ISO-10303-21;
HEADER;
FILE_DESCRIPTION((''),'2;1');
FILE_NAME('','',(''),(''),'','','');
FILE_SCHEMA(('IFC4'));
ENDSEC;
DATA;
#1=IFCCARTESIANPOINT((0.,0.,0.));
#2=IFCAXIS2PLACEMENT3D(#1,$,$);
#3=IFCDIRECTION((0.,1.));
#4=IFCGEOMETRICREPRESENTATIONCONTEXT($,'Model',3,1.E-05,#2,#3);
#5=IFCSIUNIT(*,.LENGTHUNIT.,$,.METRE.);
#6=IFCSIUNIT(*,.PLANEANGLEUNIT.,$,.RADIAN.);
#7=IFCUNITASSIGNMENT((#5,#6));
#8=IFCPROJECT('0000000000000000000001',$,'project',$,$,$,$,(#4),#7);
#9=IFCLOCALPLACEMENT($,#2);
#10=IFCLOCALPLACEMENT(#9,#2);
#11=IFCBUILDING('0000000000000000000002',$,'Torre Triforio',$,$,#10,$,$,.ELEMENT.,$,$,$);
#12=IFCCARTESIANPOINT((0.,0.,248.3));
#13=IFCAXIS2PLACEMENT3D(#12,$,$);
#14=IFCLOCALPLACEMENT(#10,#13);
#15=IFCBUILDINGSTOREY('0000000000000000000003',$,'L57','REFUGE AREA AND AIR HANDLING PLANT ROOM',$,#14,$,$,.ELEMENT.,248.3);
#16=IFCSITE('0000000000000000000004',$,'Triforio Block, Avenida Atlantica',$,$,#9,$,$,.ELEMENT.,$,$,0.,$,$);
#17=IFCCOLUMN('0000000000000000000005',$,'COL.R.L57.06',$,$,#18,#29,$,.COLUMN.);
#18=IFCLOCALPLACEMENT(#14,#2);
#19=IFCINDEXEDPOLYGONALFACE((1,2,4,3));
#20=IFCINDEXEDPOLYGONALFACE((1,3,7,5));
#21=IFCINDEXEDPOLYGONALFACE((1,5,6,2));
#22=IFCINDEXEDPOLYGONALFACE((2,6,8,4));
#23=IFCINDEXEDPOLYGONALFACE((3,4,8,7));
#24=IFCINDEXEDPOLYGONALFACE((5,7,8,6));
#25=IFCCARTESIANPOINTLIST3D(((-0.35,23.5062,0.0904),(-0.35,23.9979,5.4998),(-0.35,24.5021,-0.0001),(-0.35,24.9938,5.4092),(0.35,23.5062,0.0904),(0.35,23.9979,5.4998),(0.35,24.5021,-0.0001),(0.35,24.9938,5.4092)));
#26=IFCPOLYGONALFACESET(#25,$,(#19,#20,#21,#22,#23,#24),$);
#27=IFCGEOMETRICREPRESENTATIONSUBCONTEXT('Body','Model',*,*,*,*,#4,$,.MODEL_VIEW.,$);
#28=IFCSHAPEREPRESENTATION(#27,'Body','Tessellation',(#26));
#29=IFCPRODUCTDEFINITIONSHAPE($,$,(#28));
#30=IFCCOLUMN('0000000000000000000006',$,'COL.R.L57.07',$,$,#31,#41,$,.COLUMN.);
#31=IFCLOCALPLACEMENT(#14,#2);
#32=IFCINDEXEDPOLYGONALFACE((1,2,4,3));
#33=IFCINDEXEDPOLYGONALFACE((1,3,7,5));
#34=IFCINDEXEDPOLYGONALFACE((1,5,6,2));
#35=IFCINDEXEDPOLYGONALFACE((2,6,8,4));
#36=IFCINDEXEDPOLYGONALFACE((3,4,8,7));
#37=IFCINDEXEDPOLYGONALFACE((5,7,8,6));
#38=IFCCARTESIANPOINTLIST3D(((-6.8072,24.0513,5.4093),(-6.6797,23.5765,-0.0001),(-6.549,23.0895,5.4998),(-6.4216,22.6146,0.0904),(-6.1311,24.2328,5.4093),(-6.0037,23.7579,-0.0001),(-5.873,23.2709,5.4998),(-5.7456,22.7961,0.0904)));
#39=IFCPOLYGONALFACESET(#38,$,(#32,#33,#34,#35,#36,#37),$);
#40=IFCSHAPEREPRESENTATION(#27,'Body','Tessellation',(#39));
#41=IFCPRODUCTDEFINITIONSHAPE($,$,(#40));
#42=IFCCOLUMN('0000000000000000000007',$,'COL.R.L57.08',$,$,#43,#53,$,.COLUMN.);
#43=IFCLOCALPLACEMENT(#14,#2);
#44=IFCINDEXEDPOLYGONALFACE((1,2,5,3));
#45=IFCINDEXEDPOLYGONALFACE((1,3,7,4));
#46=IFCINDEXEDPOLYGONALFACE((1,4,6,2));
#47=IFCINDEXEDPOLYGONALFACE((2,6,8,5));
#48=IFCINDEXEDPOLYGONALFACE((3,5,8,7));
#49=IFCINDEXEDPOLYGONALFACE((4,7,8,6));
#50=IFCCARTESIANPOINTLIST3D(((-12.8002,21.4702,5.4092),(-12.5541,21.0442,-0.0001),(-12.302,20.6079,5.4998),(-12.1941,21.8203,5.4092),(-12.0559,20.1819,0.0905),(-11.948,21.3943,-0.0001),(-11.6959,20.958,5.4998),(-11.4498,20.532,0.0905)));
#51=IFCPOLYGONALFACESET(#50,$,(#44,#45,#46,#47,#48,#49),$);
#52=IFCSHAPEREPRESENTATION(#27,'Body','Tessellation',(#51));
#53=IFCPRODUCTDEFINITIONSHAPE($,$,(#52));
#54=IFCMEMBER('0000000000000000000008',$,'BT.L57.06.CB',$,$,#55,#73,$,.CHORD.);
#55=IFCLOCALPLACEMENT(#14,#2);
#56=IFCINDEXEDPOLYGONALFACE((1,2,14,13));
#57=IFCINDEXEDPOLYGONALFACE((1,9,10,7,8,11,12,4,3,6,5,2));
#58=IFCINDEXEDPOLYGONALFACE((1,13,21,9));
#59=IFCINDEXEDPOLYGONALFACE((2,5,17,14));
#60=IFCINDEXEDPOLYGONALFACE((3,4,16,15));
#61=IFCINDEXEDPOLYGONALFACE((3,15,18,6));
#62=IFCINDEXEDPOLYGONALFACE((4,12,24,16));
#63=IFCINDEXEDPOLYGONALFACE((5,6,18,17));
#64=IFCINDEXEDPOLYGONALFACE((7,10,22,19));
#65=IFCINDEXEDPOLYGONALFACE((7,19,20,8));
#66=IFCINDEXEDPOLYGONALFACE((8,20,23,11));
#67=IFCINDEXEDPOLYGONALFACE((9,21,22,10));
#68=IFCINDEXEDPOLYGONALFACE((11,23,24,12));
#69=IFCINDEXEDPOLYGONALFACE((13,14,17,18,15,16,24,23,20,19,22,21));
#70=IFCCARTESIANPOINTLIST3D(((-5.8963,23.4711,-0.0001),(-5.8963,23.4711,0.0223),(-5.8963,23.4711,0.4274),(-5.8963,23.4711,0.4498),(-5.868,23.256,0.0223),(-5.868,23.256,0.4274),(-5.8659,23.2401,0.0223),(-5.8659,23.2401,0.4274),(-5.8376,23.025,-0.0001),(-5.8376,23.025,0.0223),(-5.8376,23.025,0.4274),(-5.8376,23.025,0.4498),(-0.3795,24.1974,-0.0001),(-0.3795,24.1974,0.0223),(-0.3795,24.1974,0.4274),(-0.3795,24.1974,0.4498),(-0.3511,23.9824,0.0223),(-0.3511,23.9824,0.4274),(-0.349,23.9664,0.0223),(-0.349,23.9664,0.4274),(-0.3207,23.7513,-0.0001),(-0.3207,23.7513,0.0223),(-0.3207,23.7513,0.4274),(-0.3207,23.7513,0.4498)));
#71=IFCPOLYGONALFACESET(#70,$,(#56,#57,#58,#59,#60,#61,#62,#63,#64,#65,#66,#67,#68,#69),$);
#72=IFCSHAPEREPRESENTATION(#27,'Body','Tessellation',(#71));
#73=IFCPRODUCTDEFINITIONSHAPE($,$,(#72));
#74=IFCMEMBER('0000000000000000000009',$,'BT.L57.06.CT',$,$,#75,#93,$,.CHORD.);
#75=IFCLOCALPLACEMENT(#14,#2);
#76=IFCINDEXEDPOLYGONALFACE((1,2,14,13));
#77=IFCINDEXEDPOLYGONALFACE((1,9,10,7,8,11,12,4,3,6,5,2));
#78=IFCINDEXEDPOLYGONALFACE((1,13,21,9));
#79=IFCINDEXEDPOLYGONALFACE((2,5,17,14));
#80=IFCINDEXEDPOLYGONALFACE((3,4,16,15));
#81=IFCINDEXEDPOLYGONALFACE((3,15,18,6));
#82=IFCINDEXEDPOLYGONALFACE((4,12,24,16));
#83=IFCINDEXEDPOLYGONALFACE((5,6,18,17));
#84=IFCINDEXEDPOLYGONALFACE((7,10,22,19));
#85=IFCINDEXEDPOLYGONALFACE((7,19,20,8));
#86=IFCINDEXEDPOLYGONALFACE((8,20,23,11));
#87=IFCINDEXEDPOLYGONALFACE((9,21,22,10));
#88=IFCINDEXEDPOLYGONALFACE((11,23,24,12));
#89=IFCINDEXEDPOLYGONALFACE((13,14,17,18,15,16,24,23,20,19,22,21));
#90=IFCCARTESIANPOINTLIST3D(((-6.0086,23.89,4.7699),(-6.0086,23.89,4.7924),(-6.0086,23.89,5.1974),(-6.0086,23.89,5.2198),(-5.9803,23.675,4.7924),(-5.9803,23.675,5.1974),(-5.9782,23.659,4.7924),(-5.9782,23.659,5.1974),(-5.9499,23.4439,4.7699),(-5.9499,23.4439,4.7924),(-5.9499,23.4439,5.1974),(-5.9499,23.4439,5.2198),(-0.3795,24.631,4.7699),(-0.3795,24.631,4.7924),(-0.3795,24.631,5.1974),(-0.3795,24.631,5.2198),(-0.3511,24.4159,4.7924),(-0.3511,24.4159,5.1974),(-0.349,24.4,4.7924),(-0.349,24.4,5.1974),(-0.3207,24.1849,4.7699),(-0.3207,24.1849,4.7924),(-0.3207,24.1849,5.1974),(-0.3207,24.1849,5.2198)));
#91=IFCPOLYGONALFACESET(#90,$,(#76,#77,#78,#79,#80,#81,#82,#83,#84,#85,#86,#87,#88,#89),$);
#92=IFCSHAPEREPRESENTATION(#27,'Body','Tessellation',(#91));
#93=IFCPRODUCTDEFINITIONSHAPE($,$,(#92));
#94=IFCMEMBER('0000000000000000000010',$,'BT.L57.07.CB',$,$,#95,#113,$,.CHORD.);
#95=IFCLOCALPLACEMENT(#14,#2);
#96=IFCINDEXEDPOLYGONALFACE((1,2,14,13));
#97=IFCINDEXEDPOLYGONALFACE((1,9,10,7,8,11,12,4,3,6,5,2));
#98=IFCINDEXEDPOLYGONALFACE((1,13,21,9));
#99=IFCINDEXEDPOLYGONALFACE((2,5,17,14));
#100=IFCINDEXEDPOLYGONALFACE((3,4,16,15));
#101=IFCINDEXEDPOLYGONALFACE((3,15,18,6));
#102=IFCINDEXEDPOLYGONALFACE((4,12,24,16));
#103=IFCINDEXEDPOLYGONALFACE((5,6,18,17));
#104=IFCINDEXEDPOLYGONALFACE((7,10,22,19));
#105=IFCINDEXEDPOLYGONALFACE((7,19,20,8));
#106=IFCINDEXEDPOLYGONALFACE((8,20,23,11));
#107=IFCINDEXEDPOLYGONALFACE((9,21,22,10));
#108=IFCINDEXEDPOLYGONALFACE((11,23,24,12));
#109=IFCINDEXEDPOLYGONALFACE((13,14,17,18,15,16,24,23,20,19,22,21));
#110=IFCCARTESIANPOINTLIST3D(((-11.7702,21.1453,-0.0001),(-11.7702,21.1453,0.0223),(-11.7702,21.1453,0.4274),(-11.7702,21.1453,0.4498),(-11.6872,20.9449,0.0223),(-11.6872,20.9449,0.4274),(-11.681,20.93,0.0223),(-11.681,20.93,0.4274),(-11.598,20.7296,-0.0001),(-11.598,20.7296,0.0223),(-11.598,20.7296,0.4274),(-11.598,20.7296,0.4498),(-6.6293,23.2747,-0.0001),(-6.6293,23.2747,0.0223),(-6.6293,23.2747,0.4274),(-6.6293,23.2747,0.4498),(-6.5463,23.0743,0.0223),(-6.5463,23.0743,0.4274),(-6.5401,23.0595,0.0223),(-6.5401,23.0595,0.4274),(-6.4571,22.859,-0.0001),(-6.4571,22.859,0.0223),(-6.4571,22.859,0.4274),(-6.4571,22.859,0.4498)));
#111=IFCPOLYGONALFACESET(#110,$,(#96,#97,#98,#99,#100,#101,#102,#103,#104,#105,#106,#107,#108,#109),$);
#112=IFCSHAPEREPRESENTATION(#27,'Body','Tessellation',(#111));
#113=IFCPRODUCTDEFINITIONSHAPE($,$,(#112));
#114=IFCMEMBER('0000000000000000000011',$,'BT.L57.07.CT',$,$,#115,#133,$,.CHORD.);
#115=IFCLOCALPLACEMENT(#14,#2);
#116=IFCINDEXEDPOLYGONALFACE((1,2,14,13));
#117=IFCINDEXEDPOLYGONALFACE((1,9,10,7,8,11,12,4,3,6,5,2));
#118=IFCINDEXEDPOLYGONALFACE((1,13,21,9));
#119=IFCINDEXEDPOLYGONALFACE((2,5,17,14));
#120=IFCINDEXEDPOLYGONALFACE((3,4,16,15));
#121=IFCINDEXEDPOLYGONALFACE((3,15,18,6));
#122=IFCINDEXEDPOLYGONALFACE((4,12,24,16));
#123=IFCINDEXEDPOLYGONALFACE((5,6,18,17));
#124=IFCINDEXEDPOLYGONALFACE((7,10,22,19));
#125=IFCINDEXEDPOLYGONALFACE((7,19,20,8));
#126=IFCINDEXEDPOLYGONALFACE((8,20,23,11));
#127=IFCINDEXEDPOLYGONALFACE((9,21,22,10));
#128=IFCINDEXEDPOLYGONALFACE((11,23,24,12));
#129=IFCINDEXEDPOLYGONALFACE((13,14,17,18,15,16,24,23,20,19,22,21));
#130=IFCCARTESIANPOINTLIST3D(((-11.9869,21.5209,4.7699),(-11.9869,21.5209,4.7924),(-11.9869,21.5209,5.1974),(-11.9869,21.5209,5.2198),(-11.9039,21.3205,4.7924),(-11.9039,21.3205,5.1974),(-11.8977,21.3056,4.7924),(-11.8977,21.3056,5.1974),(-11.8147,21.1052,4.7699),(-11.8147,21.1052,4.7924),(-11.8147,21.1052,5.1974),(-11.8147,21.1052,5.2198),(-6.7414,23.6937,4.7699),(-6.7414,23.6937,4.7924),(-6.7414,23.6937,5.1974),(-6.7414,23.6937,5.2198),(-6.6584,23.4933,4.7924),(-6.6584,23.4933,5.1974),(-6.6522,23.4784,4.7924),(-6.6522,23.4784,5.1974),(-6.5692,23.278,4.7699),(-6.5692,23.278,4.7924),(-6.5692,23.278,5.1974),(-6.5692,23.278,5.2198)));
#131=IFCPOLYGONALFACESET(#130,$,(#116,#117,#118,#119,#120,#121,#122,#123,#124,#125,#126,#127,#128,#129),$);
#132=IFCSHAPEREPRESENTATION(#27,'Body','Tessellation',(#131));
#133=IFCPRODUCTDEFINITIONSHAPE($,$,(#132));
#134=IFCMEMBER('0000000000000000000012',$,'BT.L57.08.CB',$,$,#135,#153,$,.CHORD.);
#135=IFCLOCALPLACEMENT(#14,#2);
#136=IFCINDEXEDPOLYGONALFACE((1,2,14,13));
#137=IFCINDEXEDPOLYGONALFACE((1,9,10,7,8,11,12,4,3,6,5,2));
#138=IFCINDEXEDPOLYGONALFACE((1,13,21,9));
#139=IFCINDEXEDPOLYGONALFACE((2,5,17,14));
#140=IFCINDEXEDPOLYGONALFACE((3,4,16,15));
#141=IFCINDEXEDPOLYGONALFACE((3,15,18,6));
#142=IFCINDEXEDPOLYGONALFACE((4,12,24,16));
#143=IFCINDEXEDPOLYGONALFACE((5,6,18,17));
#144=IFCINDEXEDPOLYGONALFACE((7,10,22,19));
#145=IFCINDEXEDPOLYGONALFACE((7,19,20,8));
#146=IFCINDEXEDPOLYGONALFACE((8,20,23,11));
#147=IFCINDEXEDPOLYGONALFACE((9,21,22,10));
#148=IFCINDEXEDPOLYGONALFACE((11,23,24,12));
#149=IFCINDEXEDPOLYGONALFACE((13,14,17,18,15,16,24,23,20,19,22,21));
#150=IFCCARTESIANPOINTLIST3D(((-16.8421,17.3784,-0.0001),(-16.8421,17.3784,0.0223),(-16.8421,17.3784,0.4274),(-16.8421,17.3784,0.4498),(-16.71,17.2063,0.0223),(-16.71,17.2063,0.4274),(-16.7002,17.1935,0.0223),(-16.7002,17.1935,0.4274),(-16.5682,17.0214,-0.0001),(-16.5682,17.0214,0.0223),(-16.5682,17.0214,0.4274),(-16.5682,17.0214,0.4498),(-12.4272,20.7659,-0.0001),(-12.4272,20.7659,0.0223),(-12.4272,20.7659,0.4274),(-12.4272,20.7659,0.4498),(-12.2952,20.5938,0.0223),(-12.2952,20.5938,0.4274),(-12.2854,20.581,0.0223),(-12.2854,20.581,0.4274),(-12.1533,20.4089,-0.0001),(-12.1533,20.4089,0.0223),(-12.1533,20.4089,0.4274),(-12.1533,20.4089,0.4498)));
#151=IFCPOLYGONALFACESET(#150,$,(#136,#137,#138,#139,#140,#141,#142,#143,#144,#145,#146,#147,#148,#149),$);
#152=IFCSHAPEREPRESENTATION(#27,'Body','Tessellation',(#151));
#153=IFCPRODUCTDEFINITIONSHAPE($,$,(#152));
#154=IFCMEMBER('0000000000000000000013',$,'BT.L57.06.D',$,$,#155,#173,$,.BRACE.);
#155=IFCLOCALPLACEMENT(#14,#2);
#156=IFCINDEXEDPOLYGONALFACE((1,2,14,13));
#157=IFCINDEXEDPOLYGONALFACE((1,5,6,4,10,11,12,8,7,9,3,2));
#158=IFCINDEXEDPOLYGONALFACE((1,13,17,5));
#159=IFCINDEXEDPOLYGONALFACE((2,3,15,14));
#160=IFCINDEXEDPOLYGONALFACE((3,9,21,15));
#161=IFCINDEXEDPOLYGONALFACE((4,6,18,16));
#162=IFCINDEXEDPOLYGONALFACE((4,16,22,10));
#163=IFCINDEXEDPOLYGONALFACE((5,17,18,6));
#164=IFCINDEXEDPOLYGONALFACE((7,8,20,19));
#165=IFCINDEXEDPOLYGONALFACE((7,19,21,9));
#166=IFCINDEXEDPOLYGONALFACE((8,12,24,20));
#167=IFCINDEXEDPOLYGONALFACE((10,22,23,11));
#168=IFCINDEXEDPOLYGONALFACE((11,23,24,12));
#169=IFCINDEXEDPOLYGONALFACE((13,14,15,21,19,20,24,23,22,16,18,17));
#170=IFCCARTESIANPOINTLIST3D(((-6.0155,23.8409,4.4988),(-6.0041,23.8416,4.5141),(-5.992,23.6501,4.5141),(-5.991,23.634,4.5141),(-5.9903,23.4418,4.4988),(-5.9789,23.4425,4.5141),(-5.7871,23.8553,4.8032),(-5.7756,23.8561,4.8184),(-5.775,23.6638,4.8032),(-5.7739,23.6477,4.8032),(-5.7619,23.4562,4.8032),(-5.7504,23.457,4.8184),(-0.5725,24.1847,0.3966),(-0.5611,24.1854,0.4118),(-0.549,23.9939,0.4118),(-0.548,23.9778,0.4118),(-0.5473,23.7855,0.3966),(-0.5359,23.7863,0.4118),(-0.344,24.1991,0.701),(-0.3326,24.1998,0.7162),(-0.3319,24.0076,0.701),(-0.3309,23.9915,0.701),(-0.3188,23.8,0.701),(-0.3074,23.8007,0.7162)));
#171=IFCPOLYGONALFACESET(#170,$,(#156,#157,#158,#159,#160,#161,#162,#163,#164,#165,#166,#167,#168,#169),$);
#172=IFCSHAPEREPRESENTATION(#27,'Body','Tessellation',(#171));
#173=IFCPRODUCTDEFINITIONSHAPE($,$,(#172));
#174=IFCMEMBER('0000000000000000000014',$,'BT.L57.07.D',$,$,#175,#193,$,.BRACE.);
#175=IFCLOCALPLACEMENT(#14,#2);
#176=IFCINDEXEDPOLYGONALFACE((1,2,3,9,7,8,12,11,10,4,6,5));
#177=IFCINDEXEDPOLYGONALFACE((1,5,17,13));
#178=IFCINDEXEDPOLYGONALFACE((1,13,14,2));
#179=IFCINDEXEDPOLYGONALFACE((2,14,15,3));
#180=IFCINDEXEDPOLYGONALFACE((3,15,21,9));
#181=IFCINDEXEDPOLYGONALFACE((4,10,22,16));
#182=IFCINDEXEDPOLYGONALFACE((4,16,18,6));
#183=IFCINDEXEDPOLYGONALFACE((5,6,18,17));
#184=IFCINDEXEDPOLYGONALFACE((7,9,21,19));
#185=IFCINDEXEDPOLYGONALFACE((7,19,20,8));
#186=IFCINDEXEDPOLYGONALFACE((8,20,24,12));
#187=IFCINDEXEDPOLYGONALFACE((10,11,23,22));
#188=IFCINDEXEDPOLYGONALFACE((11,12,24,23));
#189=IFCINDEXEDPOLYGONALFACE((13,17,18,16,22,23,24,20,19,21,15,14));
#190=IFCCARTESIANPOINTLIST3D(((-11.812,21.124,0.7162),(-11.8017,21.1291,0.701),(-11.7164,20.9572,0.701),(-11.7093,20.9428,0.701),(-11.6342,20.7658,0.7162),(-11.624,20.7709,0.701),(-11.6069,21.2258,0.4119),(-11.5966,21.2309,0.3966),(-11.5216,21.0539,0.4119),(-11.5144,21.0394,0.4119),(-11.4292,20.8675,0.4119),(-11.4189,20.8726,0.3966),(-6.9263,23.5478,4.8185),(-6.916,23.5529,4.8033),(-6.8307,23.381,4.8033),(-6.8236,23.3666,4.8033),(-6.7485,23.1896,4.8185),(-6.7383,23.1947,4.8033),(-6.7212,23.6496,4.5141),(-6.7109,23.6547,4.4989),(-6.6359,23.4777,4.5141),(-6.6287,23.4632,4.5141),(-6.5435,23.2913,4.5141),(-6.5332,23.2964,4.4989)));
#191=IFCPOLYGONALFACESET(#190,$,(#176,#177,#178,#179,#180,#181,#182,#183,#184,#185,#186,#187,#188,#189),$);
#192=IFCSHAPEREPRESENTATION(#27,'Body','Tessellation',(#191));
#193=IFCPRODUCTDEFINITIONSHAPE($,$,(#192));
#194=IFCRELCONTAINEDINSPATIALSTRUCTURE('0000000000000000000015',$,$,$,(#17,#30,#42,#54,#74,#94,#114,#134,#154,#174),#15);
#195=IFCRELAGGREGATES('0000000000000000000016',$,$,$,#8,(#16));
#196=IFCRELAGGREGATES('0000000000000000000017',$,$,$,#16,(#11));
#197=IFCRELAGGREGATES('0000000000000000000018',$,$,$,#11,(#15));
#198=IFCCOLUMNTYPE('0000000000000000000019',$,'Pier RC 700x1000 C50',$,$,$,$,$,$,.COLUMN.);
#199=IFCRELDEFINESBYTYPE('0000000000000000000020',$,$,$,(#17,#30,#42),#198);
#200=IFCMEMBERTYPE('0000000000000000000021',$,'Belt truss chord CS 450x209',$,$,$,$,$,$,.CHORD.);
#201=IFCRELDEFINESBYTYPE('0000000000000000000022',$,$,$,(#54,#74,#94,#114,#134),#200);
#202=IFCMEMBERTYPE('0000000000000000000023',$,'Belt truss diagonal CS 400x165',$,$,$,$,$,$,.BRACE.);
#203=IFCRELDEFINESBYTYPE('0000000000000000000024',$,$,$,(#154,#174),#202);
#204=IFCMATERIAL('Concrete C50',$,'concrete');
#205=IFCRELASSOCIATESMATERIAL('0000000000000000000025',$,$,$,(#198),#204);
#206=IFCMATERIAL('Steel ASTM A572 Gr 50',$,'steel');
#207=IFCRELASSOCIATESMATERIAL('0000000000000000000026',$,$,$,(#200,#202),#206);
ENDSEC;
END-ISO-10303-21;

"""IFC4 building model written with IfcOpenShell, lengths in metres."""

from ifc_helpers import new_model, si_unit, direction, frame, origin, origin_2d, place, context, subcontext, project, spatial, rectangle, i_section, extrude, material, material_profile, profile_set, type_object, element, save


model = new_model("IFC4")

# Units and contexts
model_context = context("Model", 3, precision=1e-05, world=origin(), true_north=direction((0.0, 1.0)))
body_context = subcontext(model_context, "Body", "Model", "MODEL_VIEW")
ifc_project = project(units=[si_unit("LENGTHUNIT", "METRE"), si_unit("PLANEANGLEUNIT", "RADIAN")], contexts=[model_context])

# Site, building, storey
site_placement = place(None, origin())
site = spatial("IfcSite", under=ifc_project, at=site_placement, Name="Triforio Block, Avenida Atlantica", CompositionType="ELEMENT", RefElevation=0.0)
building_placement = place(site_placement, origin())
building = spatial("IfcBuilding", under=site, at=building_placement, Name="Torre Triforio", CompositionType="ELEMENT")
storey_placement = place(building_placement, frame((0.0, 0.0, 248.3)))
storey = spatial("IfcBuildingStorey", under=building, at=storey_placement, Name="L57", Description="REFUGE AREA AND AIR HANDLING PLANT ROOM", CompositionType="ELEMENT", Elevation=248.3)

# Columns
ifc_material_1 = material(Name="Concrete C50", Category="concrete")
ifc_material_profile_1 = material_profile(ifc_material_1, rectangle(XDim=0.7, YDim=1.0, at=origin_2d()), Name="RC 700x1000")
ifc_profile_set_1 = profile_set([ifc_material_profile_1], Name="Concrete C50")
column_type = type_object("IfcColumnType", Name="Pier RC 700x1000 C50", PredefinedType="COLUMN", material=ifc_profile_set_1)
for number, where, z_axis, x_axis, name in (
    (1, (0.0, 24.0042, 0.0452), (0.0, 0.090524, 0.995894), (-1.0, 0.0, 0.0), "COL.R.L57.06"),
    (2, (-6.2126, 23.1863, 0.0452), (-0.023462, 0.087422, 0.995895), (-0.965822, -0.259208, 0.0), "COL.R.L57.07"),
    (3, (-12.002, 20.7881, 0.0452), (-0.045307, 0.078432, 0.995889), (-0.865913, -0.500195, 0.0), "COL.R.L57.08"),
):
    element("IfcColumn", number, at=place(storey_placement, frame(where, z_axis=z_axis, x_axis=x_axis)), inside=storey, type_object=column_type, Name=name, PredefinedType="COLUMN", context=body_context, shape_type="SweptSolid", body=[
        extrude(rectangle(XDim=0.7, YDim=1.0, at=origin_2d()), origin(), (0.0, 0.0, 1.0), 5.4316),
    ])

# Members
ifc_material_2 = material(Name="Steel ASTM A572 Gr 50", Category="steel")
ifc_material_profile_2 = material_profile(ifc_material_2, i_section(OverallWidth=0.45, OverallDepth=0.45, WebThickness=0.0161, FlangeThickness=0.0225, at=origin_2d()), Name="CS 450x209")
ifc_profile_set_2 = profile_set([ifc_material_profile_2], Name="Steel ASTM A572 Gr 50")
member_type_1 = type_object("IfcMemberType", Name="Belt truss chord CS 450x209", PredefinedType="CHORD", material=ifc_profile_set_2)
member_1_placement = place(storey_placement, frame((-0.3501, 23.9744, 0.2249), z_axis=(-0.991445, -0.130528, 0.0), x_axis=(0.130528, -0.991445, 0.0)))
element("IfcMember", 4, at=member_1_placement, inside=storey, type_object=member_type_1, Name="BT.L57.06.CB", PredefinedType="CHORD", context=body_context, shape_type="SweptSolid", body=[
    extrude(i_section(OverallWidth=0.45, OverallDepth=0.45, WebThickness=0.0161, FlangeThickness=0.0225, at=origin_2d()), origin(), (0.0, 0.0, 1.0), 5.5645),
])
member_2_placement = place(storey_placement, frame((-0.3501, 24.408, 4.9949), z_axis=(-0.991448, -0.130505, 0.0), x_axis=(0.130505, -0.991448, 0.0)))
element("IfcMember", 5, at=member_2_placement, inside=storey, type_object=member_type_1, Name="BT.L57.06.CT", PredefinedType="CHORD", context=body_context, shape_type="SweptSolid", body=[
    extrude(i_section(OverallWidth=0.45, OverallDepth=0.45, WebThickness=0.0161, FlangeThickness=0.0225, at=origin_2d()), origin(), (0.0, 0.0, 1.0), 5.6777),
])
member_3_placement = place(storey_placement, frame((-6.5432, 23.0669, 0.2249), z_axis=(-0.923881, -0.38268, 0.0), x_axis=(0.38268, -0.923881, 0.0)))
element("IfcMember", 6, at=member_3_placement, inside=storey, type_object=member_type_1, Name="BT.L57.07.CB", PredefinedType="CHORD", context=body_context, shape_type="SweptSolid", body=[
    extrude(i_section(OverallWidth=0.45, OverallDepth=0.45, WebThickness=0.0161, FlangeThickness=0.0225, at=origin_2d()), origin(), (0.0, 0.0, 1.0), 5.5645),
])
member_4_placement = place(storey_placement, frame((-6.6553, 23.4858, 4.9949), z_axis=(-0.923876, -0.382691, 0.0), x_axis=(0.382691, -0.923876, 0.0)))
element("IfcMember", 7, at=member_4_placement, inside=storey, type_object=member_type_1, Name="BT.L57.07.CT", PredefinedType="CHORD", context=body_context, shape_type="SweptSolid", body=[
    extrude(i_section(OverallWidth=0.45, OverallDepth=0.45, WebThickness=0.0161, FlangeThickness=0.0225, at=origin_2d()), origin(), (0.0, 0.0, 1.0), 5.6777),
])
member_5_placement = place(storey_placement, frame((-12.2903, 20.5874, 0.2249), z_axis=(-0.793366, -0.608746, 0.0), x_axis=(0.608746, -0.793366, 0.0)))
element("IfcMember", 8, at=member_5_placement, inside=storey, type_object=member_type_1, Name="BT.L57.08.CB", PredefinedType="CHORD", context=body_context, shape_type="SweptSolid", body=[
    extrude(i_section(OverallWidth=0.45, OverallDepth=0.45, WebThickness=0.0161, FlangeThickness=0.0225, at=origin_2d()), origin(), (0.0, 0.0, 1.0), 5.5647),
])
ifc_material_profile_3 = material_profile(ifc_material_2, i_section(OverallWidth=0.3999, OverallDepth=0.3999, WebThickness=0.0161, FlangeThickness=0.019, at=origin_2d()), Name="CS 400x165")
ifc_profile_set_3 = profile_set([ifc_material_profile_3], Name="Steel ASTM A572 Gr 50")
member_type_2 = type_object("IfcMemberType", Name="Belt truss diagonal CS 400x165", PredefinedType="BRACE", material=ifc_profile_set_3)
for number, where, z_axis, x_axis, name in (
    (9, (-0.4399, 23.9927, 0.5564), (-0.797579, -0.05037, 0.601108), (0.063028, -0.998012, 0.0), "BT.L57.06.D"),
    (10, (-6.7297, 23.4221, 4.6587), (-0.715909, -0.355164, -0.60111), (0.444418, -0.895819, 0.0), "BT.L57.07.D"),
):
    element("IfcMember", number, at=place(storey_placement, frame(where, z_axis=z_axis, x_axis=x_axis)), inside=storey, type_object=member_type_2, Name=name, PredefinedType="BRACE", context=body_context, shape_type="SweptSolid", body=[
        extrude(i_section(OverallWidth=0.3999, OverallDepth=0.3999, WebThickness=0.0161, FlangeThickness=0.019, at=origin_2d()), origin(), (0.0, 0.0, 1.0), 6.8245),
    ])

save(model, "model.ifc")
